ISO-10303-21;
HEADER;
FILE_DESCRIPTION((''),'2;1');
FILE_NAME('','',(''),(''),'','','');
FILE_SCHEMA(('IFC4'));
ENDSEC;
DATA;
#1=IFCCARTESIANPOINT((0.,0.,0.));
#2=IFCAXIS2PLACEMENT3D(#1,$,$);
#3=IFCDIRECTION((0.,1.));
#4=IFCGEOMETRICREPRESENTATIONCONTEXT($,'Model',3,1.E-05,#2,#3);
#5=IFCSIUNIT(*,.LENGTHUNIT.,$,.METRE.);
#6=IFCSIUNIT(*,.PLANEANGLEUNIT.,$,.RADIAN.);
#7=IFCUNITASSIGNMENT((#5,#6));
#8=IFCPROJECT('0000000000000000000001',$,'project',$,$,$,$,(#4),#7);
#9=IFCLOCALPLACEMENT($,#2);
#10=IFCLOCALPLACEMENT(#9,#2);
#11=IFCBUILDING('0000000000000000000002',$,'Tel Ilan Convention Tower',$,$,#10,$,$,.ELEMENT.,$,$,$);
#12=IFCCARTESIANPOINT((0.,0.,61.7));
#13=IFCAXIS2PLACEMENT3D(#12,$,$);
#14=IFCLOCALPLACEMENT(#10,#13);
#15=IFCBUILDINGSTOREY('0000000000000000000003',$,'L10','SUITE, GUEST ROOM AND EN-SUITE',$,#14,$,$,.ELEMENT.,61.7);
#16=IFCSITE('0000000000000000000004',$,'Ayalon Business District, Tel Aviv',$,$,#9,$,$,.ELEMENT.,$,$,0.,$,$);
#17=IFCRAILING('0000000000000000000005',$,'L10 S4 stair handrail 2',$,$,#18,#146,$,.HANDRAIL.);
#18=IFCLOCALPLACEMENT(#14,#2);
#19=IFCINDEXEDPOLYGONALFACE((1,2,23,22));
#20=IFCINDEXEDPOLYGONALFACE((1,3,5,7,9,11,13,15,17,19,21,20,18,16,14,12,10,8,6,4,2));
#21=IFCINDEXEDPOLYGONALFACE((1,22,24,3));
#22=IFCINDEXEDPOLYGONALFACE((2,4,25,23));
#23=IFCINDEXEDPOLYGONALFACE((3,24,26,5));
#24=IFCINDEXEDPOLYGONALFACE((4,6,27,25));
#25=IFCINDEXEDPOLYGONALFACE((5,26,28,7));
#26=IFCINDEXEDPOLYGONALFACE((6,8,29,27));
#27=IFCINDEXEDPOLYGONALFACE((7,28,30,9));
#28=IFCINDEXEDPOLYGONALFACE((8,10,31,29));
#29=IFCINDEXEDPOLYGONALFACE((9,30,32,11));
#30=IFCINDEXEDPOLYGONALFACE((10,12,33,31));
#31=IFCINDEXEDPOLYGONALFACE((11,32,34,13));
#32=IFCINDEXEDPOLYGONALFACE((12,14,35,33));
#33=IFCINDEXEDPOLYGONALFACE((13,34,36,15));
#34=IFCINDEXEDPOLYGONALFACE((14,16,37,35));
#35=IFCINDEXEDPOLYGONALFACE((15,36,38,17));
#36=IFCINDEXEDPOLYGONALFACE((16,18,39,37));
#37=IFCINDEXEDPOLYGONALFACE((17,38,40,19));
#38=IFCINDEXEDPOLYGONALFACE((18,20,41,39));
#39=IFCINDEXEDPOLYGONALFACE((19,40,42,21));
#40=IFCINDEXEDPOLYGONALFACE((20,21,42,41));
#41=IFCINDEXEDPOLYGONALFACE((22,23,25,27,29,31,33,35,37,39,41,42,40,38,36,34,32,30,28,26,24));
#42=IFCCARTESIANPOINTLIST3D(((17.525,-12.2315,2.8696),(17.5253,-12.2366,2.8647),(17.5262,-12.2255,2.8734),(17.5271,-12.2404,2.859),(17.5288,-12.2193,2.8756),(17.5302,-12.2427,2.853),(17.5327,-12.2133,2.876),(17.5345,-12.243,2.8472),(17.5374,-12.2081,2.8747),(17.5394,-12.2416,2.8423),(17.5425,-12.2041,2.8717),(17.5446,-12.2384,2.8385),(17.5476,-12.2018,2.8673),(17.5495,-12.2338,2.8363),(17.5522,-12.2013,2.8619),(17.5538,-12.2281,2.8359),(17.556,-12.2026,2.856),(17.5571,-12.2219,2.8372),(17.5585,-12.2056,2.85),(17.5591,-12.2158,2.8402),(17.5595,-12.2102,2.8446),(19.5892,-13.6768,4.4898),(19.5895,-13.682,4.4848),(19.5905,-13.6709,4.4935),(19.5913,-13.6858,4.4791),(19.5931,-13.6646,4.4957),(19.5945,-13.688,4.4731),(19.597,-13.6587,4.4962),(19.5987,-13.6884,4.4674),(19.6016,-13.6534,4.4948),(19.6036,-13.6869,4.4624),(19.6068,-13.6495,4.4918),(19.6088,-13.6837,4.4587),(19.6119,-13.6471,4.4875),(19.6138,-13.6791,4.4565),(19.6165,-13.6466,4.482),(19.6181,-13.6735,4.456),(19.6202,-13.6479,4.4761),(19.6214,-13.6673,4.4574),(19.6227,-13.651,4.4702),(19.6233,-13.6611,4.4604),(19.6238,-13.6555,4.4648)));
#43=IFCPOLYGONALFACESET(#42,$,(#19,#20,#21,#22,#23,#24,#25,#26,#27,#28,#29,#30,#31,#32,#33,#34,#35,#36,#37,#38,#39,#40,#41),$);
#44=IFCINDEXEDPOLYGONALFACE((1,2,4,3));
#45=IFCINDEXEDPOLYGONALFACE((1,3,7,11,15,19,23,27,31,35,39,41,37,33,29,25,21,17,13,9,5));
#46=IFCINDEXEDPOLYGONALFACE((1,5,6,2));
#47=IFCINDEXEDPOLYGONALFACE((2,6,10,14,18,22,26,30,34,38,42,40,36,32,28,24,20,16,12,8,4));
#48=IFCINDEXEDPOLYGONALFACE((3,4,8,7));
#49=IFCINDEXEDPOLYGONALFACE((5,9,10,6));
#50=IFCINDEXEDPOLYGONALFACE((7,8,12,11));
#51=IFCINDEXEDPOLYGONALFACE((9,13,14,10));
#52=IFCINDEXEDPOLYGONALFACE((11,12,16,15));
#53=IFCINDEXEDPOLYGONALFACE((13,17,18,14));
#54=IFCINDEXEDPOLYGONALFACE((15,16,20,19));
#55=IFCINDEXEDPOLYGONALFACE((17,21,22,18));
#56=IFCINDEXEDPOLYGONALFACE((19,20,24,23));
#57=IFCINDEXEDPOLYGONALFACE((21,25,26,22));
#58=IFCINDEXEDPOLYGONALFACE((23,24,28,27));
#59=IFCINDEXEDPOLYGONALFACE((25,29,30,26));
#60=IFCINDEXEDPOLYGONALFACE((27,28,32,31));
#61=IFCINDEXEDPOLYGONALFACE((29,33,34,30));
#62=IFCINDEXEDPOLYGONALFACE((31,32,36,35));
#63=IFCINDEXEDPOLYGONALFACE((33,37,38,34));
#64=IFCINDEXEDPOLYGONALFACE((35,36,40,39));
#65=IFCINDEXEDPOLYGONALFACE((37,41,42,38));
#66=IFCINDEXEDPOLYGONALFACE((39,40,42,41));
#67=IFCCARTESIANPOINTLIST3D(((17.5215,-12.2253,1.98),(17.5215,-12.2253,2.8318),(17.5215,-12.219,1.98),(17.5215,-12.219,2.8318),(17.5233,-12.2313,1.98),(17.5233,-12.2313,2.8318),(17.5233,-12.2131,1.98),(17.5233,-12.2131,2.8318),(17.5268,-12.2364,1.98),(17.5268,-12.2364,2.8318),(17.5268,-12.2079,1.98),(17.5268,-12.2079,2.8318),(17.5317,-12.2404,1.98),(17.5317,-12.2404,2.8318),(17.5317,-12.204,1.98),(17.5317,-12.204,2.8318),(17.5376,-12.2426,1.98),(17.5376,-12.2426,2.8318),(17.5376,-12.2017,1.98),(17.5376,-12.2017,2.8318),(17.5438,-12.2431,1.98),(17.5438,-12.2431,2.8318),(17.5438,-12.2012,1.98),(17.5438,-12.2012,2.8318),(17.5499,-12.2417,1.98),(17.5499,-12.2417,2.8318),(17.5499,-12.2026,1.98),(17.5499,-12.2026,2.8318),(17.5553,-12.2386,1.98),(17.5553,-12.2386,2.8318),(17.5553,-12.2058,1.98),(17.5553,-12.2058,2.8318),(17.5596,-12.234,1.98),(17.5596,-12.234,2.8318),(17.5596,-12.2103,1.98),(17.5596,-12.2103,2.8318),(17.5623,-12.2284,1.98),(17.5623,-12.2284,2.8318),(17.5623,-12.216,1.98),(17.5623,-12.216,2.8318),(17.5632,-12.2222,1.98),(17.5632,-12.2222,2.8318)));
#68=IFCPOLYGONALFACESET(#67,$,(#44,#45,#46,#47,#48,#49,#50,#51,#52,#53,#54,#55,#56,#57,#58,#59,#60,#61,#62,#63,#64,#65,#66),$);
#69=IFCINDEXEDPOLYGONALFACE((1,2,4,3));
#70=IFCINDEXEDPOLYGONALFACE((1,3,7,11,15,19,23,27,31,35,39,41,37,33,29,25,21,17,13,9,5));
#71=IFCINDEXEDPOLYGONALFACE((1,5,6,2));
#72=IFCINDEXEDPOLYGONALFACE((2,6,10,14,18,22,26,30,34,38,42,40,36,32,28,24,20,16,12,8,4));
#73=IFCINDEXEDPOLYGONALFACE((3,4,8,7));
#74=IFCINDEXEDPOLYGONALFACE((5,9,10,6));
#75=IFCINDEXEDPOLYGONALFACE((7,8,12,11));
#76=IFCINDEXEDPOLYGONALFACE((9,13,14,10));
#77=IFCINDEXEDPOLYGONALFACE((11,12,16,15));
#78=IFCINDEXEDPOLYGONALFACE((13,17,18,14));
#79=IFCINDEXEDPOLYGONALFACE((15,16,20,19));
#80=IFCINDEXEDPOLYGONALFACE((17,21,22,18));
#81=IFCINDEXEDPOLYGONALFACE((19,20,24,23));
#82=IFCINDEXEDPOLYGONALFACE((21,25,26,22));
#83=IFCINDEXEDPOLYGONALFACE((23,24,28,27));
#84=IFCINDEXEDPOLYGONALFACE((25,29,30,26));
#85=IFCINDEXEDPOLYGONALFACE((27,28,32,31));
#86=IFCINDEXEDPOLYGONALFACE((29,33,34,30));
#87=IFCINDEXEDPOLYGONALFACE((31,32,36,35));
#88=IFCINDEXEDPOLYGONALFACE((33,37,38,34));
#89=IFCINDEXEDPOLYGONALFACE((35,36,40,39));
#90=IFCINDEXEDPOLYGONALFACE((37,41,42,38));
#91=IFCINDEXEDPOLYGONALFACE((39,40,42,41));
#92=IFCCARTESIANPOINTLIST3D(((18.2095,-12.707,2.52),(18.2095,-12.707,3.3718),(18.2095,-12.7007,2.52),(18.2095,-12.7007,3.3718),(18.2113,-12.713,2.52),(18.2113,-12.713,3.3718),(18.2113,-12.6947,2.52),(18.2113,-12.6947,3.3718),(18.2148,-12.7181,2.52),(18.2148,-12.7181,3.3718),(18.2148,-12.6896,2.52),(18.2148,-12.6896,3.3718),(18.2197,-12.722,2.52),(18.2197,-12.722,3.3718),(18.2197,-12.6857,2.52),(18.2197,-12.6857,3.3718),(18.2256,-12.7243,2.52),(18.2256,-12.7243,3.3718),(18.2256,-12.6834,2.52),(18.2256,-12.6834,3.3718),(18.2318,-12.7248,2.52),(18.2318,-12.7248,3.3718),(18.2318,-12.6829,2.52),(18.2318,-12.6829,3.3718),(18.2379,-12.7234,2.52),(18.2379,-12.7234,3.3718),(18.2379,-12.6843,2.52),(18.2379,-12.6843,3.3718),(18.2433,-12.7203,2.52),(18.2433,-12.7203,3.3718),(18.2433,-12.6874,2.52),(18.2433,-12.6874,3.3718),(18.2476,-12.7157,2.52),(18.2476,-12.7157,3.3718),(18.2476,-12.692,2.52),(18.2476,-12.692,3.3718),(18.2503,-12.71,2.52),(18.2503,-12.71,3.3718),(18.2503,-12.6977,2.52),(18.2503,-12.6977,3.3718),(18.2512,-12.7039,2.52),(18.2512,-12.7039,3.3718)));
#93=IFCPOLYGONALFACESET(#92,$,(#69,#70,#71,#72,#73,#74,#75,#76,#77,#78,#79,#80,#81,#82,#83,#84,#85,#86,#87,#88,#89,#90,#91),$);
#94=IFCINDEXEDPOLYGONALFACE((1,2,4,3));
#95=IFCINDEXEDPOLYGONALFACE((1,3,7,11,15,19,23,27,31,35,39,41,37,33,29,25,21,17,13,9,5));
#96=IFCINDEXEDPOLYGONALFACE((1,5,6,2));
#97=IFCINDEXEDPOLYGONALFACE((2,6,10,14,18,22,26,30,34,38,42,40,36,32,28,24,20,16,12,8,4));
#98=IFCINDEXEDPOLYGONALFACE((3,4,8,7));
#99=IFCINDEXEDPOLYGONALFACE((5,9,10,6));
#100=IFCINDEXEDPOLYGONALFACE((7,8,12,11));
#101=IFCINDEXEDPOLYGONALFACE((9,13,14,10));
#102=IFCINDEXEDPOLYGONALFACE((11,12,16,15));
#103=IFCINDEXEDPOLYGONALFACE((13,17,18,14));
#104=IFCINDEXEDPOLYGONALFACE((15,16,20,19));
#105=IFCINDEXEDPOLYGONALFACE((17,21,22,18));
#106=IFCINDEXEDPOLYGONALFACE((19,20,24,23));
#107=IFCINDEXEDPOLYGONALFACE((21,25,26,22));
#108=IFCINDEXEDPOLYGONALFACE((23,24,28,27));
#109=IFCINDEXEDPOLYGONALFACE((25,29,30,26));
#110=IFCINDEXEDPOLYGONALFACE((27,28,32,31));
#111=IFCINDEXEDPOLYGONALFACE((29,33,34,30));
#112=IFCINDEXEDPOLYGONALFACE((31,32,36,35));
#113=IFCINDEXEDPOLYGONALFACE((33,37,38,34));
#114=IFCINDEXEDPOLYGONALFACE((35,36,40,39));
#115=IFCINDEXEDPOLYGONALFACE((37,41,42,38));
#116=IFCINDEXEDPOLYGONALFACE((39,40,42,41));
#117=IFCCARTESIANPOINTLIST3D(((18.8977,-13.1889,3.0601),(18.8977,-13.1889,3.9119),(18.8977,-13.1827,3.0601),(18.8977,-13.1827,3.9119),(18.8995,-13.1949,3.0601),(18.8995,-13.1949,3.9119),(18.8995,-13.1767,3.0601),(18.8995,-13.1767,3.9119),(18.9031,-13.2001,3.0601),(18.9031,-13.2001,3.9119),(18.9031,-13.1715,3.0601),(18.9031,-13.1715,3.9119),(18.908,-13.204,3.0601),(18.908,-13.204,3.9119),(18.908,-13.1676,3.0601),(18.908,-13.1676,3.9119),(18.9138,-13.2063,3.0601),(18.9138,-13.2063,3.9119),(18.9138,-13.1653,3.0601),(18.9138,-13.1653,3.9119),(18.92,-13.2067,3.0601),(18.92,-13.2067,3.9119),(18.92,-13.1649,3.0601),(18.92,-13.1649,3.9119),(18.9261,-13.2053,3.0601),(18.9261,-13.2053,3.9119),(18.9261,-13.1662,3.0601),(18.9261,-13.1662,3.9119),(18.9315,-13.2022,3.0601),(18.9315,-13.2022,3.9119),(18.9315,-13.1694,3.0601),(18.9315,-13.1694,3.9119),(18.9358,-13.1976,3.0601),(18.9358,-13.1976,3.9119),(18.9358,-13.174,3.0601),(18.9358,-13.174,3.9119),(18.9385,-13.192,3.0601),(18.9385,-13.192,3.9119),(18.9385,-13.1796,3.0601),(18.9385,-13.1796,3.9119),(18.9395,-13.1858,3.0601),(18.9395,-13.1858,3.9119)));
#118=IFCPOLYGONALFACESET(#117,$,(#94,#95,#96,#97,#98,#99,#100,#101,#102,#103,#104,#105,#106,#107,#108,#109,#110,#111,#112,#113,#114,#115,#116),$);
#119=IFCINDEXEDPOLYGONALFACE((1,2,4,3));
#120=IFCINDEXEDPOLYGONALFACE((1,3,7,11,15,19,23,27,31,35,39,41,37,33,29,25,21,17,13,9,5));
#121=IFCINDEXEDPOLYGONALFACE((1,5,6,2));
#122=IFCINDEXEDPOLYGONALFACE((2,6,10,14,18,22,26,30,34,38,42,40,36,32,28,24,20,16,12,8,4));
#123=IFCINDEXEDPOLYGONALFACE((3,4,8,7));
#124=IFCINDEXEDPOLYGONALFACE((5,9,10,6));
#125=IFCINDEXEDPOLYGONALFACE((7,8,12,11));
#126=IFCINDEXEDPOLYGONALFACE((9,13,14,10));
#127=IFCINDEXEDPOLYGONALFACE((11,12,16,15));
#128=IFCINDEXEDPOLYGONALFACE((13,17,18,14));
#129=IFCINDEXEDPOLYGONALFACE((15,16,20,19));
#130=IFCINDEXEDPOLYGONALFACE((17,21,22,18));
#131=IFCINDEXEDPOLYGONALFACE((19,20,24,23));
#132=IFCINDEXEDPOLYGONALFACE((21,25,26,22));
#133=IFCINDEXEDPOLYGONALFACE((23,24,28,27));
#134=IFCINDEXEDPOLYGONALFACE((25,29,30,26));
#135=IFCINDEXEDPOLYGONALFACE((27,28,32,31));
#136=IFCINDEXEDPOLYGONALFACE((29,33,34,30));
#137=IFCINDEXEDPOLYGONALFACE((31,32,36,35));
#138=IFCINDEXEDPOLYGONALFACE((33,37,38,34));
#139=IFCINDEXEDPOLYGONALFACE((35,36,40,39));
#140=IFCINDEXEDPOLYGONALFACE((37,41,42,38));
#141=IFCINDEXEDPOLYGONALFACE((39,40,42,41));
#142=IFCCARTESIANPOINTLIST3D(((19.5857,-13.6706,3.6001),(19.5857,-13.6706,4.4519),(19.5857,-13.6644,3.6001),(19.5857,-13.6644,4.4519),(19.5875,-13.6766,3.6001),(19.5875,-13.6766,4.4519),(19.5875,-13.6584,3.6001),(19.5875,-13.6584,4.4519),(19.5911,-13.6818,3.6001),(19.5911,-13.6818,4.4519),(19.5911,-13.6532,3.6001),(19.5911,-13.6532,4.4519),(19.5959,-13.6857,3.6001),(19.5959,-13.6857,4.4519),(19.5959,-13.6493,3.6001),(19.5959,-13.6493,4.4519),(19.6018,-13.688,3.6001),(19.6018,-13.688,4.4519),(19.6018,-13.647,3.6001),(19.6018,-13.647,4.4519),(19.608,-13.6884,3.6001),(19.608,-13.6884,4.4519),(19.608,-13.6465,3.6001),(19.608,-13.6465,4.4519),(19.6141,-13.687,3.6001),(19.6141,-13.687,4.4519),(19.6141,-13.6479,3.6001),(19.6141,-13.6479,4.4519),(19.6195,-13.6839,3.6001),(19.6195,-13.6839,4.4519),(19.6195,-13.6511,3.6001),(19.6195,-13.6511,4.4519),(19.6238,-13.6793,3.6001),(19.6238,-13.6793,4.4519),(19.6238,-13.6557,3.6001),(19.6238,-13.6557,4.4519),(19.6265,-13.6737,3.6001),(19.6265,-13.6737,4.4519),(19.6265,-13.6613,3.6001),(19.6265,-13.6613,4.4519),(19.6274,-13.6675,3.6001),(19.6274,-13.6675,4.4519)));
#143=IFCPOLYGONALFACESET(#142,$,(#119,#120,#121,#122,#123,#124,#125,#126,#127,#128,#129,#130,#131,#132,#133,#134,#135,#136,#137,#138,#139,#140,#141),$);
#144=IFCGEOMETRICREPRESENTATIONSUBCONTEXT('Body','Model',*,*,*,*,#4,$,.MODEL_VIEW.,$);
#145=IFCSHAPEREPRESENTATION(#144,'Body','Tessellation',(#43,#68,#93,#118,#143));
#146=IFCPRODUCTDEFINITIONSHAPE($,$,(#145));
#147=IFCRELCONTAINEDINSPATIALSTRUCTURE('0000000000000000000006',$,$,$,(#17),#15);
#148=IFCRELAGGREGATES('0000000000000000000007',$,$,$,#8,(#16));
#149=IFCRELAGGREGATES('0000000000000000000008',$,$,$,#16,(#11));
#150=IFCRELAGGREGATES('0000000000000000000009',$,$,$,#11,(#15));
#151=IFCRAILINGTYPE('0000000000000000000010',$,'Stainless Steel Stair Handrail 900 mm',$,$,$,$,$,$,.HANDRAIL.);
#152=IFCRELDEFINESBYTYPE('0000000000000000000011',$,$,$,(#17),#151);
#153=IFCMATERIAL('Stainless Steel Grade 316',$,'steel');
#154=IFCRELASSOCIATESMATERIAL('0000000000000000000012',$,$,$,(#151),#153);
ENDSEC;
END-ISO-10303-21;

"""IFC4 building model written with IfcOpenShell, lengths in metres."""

from ifc_helpers import new_model, si_unit, direction, frame, origin, origin_2d, place, context, subcontext, project, spatial, circle, extrude, material, type_object, element, save


model = new_model("IFC4")

# Units and contexts
model_context = context("Model", 3, precision=1e-05, world=origin(), true_north=direction((0.0, 1.0)))
body_context = subcontext(model_context, "Body", "Model", "MODEL_VIEW")
ifc_project = project(units=[si_unit("LENGTHUNIT", "METRE"), si_unit("PLANEANGLEUNIT", "RADIAN")], contexts=[model_context])

# Site, building, storey
site_placement = place(None, origin())
site = spatial("IfcSite", under=ifc_project, at=site_placement, Name="Ayalon Business District, Tel Aviv", CompositionType="ELEMENT", RefElevation=0.0)
building_placement = place(site_placement, origin())
building = spatial("IfcBuilding", under=site, at=building_placement, Name="Tel Ilan Convention Tower", CompositionType="ELEMENT")
storey_placement = place(building_placement, frame((0.0, 0.0, 61.7)))
storey = spatial("IfcBuildingStorey", under=building, at=storey_placement, Name="L10", Description="SUITE, GUEST ROOM AND EN-SUITE", CompositionType="ELEMENT", Elevation=61.7)

# Railing
ifc_material_1 = material(Name="Stainless Steel Grade 316", Category="steel")
railing_type = type_object("IfcRailingType", Name="Stainless Steel Stair Handrail 900 mm", PredefinedType="HANDRAIL", material=ifc_material_1)
railing_placement = place(storey_placement, frame((17.5422, -12.2222, 1.98)))
element("IfcRailing", 1, at=railing_placement, inside=storey, type_object=railing_type, Name="L10 S4 stair handrail 2", PredefinedType="HANDRAIL", context=body_context, shape_type="SweptSolid", body=[
    extrude(circle(Radius=0.0239, at=origin_2d()), frame((0.0, 0.0, 0.876), z_axis=(0.68904, -0.48245, 0.540801), x_axis=(0.57356, 0.819164, 0.0)), (0.0, 0.0, 1.0), 2.9958),
    extrude(circle(Radius=0.021, at=origin_2d()), origin(), (0.0, 0.0, 1.0), 0.8518),
    extrude(circle(Radius=0.021, at=origin_2d()), frame((0.688, -0.4817, 0.54)), (0.0, 0.0, 1.0), 0.8518),
    extrude(circle(Radius=0.021, at=origin_2d()), frame((1.3762, -0.9636, 1.0801)), (0.0, 0.0, 1.0), 0.8518),
    extrude(circle(Radius=0.021, at=origin_2d()), frame((2.0642, -1.4453, 1.6201)), (0.0, 0.0, 1.0), 0.8518),
])

save(model, "model.ifc")
